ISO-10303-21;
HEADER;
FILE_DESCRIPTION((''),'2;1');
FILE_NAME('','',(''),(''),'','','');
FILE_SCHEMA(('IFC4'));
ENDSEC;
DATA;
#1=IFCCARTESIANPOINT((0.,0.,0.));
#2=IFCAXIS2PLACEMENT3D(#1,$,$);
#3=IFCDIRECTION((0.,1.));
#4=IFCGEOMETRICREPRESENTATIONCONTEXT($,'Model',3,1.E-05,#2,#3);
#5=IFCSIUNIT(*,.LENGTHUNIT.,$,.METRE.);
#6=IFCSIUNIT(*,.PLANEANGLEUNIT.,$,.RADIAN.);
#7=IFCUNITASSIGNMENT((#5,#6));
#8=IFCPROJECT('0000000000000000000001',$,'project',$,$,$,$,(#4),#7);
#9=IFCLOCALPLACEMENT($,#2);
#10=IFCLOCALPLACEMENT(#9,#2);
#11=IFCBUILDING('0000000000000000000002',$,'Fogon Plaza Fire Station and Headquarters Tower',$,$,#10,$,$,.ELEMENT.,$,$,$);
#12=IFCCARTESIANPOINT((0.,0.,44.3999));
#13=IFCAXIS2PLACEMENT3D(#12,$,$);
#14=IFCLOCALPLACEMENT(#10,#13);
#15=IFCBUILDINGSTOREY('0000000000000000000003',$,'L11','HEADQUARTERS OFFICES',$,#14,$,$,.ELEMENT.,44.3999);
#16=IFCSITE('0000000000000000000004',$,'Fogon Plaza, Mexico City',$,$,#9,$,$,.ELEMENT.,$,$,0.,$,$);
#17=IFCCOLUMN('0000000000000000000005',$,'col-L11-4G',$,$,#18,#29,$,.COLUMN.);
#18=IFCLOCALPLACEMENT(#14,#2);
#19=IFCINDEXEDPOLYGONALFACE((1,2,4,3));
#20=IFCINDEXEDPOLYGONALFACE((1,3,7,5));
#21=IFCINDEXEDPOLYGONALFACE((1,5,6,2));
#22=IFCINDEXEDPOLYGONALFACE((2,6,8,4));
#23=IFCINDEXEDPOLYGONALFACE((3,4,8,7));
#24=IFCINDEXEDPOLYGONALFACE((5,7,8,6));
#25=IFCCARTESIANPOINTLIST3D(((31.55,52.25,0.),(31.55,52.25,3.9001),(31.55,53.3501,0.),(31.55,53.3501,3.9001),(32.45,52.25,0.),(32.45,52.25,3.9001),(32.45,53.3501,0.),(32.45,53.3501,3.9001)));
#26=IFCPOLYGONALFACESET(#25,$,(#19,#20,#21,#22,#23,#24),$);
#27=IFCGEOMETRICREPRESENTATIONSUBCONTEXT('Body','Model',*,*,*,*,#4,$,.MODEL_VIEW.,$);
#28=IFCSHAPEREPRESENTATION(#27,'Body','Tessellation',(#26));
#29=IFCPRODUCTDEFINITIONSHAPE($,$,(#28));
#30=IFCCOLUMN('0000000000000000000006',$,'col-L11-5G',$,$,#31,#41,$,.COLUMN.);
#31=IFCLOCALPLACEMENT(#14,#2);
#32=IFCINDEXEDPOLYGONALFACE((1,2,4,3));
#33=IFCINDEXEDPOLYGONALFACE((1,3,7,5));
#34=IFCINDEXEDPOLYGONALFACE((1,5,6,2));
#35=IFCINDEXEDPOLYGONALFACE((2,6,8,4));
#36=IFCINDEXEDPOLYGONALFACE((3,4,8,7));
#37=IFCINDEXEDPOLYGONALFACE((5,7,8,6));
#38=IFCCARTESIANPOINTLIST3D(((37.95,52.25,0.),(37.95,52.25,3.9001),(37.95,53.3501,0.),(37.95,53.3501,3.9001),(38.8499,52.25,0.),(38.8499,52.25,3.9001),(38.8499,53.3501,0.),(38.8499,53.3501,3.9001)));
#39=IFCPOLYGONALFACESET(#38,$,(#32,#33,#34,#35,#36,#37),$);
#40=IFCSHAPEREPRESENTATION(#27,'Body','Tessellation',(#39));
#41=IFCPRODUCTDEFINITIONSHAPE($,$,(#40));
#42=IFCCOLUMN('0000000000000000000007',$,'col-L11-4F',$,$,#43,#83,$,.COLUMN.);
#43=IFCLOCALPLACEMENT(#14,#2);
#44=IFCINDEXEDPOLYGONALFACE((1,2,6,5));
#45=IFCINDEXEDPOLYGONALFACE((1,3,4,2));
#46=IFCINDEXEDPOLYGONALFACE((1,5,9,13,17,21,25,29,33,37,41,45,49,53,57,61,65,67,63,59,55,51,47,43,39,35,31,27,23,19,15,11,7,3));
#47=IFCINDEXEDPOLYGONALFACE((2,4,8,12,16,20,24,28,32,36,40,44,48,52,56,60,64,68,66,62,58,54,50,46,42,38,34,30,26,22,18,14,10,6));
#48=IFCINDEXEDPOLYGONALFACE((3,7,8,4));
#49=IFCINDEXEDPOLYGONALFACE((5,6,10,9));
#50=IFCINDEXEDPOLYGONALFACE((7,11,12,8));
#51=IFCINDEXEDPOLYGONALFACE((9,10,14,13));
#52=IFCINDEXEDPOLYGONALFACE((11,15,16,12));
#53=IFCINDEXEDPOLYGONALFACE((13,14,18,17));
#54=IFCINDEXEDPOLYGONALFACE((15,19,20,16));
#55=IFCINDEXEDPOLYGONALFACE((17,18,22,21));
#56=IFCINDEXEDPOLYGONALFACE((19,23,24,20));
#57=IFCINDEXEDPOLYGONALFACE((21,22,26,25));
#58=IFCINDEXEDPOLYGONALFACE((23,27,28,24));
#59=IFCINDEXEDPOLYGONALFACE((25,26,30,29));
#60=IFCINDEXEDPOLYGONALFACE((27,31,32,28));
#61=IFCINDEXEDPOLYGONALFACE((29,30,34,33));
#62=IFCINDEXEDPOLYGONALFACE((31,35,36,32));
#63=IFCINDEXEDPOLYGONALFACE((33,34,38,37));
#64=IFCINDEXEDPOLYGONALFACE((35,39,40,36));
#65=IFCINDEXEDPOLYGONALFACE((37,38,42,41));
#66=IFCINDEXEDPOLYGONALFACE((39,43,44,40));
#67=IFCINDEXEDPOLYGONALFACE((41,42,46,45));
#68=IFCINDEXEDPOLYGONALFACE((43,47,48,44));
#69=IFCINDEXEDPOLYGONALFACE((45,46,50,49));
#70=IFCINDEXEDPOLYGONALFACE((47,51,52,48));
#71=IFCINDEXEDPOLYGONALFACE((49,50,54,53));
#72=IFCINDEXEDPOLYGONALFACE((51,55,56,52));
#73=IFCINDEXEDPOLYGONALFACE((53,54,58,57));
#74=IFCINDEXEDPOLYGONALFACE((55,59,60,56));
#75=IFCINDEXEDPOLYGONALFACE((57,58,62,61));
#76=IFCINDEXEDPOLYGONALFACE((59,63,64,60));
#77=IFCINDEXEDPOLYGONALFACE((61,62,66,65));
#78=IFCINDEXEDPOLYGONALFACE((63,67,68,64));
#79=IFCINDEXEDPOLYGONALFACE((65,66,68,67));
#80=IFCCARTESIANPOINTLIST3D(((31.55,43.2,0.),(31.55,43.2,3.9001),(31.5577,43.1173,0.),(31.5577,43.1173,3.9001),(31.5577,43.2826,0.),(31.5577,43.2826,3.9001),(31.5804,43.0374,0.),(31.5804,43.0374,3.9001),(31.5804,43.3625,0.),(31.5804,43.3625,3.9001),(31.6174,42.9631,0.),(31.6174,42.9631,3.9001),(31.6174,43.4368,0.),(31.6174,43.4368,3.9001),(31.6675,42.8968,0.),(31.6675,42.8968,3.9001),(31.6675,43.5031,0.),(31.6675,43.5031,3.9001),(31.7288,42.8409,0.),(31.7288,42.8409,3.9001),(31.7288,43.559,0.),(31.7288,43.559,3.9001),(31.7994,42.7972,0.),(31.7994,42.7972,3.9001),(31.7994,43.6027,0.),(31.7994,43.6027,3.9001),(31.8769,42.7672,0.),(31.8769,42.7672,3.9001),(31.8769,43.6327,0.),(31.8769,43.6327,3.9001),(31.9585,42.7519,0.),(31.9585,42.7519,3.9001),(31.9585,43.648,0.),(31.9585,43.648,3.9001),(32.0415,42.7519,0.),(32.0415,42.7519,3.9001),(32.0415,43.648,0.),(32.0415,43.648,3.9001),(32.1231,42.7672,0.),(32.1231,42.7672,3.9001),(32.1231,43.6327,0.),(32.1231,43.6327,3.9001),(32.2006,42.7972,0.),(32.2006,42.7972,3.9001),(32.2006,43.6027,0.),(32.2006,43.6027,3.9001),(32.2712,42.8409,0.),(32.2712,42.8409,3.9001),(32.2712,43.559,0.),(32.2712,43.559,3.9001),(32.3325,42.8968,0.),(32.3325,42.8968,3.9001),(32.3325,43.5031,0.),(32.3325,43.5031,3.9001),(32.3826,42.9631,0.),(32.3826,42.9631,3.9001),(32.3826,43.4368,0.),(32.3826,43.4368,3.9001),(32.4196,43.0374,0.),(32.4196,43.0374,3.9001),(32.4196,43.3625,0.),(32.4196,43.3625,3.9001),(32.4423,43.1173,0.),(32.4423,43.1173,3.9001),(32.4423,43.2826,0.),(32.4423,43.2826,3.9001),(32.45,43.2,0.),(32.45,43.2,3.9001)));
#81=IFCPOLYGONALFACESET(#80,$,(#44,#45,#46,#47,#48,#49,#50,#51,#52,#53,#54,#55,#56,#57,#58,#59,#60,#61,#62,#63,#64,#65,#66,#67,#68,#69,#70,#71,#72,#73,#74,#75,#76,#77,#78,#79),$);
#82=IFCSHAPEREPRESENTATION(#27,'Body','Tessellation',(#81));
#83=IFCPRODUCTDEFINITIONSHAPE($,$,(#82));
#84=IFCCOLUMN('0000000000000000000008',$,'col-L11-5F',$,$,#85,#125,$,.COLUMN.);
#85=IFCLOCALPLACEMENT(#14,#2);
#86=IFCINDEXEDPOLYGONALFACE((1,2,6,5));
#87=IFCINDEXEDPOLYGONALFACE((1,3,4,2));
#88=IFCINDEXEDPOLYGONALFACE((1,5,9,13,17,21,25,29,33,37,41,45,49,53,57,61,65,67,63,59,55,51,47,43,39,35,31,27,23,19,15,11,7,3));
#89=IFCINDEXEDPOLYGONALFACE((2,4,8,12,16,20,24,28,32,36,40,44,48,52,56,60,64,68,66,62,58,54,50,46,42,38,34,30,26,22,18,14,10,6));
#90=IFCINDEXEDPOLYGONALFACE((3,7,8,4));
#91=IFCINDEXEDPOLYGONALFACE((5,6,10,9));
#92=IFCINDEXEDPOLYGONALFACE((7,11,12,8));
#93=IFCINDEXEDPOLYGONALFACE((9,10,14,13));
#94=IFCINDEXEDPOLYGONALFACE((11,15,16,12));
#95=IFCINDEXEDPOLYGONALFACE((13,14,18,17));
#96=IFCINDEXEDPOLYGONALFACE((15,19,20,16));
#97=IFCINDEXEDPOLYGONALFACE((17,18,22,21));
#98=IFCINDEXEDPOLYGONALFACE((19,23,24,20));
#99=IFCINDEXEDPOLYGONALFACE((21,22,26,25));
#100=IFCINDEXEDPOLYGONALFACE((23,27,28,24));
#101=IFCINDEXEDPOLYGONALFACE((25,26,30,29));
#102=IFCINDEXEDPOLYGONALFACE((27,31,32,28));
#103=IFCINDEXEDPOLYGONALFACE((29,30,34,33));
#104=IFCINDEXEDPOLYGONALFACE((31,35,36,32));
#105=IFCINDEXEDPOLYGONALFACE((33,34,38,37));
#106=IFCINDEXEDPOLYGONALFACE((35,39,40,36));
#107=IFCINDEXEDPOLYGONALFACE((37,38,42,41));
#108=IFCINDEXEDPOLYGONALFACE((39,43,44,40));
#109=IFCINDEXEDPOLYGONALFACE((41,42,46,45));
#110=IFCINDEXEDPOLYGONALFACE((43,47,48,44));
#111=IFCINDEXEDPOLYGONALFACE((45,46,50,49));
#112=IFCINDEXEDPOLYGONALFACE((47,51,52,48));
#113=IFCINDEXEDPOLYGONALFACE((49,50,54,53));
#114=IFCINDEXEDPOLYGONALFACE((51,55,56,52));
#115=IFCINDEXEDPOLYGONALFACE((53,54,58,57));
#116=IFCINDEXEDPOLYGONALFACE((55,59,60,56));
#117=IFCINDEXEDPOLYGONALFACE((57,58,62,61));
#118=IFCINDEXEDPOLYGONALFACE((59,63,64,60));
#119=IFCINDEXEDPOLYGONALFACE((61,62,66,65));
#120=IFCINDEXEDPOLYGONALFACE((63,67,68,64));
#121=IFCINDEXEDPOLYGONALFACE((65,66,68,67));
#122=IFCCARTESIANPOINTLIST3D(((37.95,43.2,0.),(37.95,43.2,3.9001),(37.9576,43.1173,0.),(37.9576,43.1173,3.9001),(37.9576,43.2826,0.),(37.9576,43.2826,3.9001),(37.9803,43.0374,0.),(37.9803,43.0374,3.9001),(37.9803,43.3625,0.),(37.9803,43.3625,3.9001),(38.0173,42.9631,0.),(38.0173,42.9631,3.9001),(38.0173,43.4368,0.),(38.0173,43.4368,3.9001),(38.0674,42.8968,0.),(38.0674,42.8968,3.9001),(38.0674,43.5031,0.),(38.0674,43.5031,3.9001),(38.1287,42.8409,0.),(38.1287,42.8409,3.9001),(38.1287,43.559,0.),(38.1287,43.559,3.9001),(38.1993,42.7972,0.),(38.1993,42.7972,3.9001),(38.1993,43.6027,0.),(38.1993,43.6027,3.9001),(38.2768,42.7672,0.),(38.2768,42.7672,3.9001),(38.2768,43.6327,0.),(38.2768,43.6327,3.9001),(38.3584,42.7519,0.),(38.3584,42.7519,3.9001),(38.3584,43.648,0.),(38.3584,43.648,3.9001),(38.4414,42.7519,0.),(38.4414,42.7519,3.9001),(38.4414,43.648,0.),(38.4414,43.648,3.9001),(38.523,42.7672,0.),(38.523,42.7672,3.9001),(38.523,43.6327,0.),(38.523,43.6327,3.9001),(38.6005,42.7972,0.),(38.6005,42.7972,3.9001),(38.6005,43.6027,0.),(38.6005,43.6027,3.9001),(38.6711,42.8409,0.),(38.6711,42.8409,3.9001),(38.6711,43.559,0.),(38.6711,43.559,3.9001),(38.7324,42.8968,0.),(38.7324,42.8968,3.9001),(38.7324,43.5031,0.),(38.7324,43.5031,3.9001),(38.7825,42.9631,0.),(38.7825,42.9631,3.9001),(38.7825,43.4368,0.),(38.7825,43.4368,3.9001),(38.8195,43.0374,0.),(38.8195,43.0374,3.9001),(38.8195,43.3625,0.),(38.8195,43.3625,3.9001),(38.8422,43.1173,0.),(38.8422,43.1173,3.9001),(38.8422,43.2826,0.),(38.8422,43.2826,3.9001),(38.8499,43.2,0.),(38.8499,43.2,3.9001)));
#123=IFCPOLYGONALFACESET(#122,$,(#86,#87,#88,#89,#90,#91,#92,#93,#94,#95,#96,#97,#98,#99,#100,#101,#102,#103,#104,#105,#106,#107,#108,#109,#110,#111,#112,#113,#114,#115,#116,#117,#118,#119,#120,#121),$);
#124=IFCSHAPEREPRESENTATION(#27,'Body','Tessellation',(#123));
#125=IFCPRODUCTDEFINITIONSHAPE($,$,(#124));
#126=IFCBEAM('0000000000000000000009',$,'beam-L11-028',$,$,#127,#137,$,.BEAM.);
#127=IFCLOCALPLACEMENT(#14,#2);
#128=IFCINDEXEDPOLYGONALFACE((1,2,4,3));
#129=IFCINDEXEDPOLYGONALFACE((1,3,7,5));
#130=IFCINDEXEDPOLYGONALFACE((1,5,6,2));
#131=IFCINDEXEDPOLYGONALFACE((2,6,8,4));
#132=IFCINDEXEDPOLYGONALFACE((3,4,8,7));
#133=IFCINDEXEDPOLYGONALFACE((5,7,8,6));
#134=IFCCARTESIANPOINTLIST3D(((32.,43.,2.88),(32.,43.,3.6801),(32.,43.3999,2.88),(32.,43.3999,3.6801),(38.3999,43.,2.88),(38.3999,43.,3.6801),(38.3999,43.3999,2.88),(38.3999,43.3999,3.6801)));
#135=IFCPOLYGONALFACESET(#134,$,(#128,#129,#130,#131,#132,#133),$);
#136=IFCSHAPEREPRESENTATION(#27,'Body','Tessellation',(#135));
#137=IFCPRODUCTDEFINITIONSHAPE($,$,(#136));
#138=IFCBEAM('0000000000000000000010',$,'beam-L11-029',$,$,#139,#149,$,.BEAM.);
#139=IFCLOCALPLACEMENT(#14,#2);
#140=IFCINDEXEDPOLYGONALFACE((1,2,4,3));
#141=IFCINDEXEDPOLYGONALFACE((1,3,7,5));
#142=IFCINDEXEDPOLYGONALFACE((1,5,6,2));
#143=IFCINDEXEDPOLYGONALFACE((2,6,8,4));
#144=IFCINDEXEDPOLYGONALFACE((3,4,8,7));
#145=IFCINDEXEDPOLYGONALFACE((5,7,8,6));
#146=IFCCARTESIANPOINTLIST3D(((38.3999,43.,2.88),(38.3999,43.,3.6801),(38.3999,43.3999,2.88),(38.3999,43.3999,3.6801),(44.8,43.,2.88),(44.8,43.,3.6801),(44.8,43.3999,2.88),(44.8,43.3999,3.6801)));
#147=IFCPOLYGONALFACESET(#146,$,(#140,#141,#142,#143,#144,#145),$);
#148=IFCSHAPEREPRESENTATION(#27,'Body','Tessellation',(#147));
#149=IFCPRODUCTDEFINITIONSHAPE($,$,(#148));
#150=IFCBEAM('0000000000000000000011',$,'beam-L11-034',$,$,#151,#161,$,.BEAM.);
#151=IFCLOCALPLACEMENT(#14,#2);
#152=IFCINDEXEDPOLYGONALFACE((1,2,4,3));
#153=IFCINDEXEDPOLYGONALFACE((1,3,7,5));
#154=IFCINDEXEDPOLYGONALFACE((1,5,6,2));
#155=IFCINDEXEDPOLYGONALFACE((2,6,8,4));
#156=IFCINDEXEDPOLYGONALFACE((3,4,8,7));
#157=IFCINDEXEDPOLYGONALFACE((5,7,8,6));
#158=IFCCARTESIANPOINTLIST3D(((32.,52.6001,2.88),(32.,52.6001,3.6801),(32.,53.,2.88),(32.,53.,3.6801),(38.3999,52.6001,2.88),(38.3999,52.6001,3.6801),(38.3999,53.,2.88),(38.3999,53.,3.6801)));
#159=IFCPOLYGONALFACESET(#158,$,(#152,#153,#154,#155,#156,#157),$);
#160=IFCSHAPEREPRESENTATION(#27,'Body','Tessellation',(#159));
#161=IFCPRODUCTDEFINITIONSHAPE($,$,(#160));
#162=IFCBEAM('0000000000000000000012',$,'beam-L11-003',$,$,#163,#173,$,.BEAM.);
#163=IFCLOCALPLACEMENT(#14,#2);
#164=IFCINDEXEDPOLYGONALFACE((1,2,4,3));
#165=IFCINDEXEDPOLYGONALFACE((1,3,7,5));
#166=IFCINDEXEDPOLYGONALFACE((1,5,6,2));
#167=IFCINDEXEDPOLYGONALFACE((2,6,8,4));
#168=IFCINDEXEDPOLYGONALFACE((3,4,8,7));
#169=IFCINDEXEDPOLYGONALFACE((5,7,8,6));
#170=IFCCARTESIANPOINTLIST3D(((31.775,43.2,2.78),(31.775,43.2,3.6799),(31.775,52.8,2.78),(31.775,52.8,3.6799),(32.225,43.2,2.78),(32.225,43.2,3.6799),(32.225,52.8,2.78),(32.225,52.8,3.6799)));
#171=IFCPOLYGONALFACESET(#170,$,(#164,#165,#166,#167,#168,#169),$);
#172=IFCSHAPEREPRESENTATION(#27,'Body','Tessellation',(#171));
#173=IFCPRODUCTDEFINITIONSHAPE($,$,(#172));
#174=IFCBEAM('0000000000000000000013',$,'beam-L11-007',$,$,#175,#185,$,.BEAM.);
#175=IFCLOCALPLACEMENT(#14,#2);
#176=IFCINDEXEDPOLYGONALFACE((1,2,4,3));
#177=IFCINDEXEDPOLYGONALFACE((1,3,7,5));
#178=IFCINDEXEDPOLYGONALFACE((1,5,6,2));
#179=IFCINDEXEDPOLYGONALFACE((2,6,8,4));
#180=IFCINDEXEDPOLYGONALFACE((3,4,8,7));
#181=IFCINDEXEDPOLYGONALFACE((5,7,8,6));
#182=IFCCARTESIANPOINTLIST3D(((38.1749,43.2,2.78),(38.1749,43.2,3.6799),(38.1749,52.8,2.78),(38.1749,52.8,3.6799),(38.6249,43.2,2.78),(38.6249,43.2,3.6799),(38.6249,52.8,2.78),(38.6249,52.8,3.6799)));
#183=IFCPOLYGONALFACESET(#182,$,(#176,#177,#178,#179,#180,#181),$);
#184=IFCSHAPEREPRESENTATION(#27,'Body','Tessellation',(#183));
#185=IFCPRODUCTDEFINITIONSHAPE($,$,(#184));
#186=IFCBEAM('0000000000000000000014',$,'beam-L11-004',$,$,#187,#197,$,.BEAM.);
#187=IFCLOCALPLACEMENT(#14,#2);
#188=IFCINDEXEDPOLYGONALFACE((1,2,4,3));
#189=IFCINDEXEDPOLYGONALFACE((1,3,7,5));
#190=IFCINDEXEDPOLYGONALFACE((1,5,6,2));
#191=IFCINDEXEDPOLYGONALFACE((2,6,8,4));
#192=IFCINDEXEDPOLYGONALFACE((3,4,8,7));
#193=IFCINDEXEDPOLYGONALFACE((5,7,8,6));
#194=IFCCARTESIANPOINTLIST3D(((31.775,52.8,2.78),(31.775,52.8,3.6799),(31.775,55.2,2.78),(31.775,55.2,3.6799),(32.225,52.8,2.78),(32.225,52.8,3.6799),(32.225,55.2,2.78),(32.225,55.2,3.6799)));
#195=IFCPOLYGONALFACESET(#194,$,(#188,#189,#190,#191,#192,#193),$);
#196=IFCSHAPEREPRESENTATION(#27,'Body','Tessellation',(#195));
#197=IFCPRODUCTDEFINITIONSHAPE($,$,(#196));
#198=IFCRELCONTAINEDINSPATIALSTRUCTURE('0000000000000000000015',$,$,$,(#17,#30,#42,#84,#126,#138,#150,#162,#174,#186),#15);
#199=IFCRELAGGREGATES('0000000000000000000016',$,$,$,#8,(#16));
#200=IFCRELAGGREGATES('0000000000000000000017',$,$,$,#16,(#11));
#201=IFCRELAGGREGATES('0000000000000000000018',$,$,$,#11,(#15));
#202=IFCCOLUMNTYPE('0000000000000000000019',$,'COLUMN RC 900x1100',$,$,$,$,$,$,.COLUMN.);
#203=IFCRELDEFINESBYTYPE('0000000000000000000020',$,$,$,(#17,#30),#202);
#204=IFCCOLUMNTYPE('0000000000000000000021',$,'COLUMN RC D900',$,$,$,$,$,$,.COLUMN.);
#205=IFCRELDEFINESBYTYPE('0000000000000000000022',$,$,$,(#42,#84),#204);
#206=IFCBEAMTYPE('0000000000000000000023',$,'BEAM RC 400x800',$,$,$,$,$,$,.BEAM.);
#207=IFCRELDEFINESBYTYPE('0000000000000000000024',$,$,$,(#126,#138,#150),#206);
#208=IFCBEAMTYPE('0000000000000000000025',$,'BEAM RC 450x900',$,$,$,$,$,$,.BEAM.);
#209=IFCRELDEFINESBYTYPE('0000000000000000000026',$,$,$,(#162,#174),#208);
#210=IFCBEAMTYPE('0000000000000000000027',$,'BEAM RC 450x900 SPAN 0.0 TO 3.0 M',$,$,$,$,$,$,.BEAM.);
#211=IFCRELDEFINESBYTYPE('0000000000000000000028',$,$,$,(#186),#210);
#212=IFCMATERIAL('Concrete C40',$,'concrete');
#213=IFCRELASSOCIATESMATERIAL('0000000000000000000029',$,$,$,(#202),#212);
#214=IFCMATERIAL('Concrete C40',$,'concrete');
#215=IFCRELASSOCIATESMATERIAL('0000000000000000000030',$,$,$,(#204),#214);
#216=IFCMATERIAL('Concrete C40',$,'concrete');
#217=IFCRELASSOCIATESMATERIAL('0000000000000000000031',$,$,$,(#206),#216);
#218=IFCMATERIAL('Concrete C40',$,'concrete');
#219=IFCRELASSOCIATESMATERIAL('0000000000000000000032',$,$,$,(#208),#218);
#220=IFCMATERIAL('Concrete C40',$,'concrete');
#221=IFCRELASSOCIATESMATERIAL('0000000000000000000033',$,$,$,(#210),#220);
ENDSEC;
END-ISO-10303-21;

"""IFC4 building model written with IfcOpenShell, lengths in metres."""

from ifc_helpers import new_model, si_unit, direction, frame, origin, origin_2d, place, context, subcontext, project, spatial, rectangle, circle, extrude, material, material_profile, profile_set, type_object, element, save


model = new_model("IFC4")

# Units and contexts
model_context = context("Model", 3, precision=1e-05, world=origin(), true_north=direction((0.0, 1.0)))
body_context = subcontext(model_context, "Body", "Model", "MODEL_VIEW")
ifc_project = project(units=[si_unit("LENGTHUNIT", "METRE"), si_unit("PLANEANGLEUNIT", "RADIAN")], contexts=[model_context])

# Site, building, storey
site_placement = place(None, origin())
site = spatial("IfcSite", under=ifc_project, at=site_placement, Name="Fogon Plaza, Mexico City", CompositionType="ELEMENT", RefElevation=0.0)
building_placement = place(site_placement, origin())
building = spatial("IfcBuilding", under=site, at=building_placement, Name="Fogon Plaza Fire Station and Headquarters Tower", CompositionType="ELEMENT")
storey_placement = place(building_placement, frame((0.0, 0.0, 44.3999)))
storey = spatial("IfcBuildingStorey", under=building, at=storey_placement, Name="L11", Description="HEADQUARTERS OFFICES", CompositionType="ELEMENT", Elevation=44.3999)

# Columns
ifc_material_1 = material(Name="Concrete C40", Category="concrete")
ifc_material_profile_1 = material_profile(ifc_material_1, rectangle(XDim=0.8999, YDim=1.1001, at=origin_2d()), Name="RC 900x1100")
ifc_profile_set_1 = profile_set([ifc_material_profile_1], Name="Concrete C40")
column_type_1 = type_object("IfcColumnType", Name="COLUMN RC 900x1100", PredefinedType="COLUMN", material=ifc_profile_set_1)
for number, where, z_axis, x_axis, name in (
    (1, (32.0, 52.8, 0.0), (0.0, 0.0, 1.0), (1.0, 0.0, 0.0), "col-L11-4G"),
    (2, (38.3999, 52.8, 0.0), (0.0, 0.0, 1.0), (1.0, 0.0, 0.0), "col-L11-5G"),
):
    element("IfcColumn", number, at=place(storey_placement, frame(where, z_axis=z_axis, x_axis=x_axis)), inside=storey, type_object=column_type_1, Name=name, PredefinedType="COLUMN", context=body_context, shape_type="SweptSolid", body=[
        extrude(rectangle(XDim=0.8999, YDim=1.1001, at=origin_2d()), origin(), (0.0, 0.0, 1.0), 3.9001),
    ])
ifc_material_2 = material(Name="Concrete C40", Category="concrete")
ifc_material_profile_2 = material_profile(ifc_material_2, circle(Radius=0.45, at=origin_2d()), Name="RC D900")
ifc_profile_set_2 = profile_set([ifc_material_profile_2], Name="Concrete C40")
column_type_2 = type_object("IfcColumnType", Name="COLUMN RC D900", PredefinedType="COLUMN", material=ifc_profile_set_2)
for number, where, z_axis, x_axis, name in (
    (3, (32.0, 43.2, 0.0), (0.0, 0.0, 1.0), (1.0, 0.0, 0.0), "col-L11-4F"),
    (4, (38.3999, 43.2, 0.0), (0.0, 0.0, 1.0), (1.0, 0.0, 0.0), "col-L11-5F"),
):
    element("IfcColumn", number, at=place(storey_placement, frame(where, z_axis=z_axis, x_axis=x_axis)), inside=storey, type_object=column_type_2, Name=name, PredefinedType="COLUMN", context=body_context, shape_type="SweptSolid", body=[
        extrude(circle(Radius=0.45, at=origin_2d()), origin(), (0.0, 0.0, 1.0), 3.9001),
    ])

# Beams
ifc_material_3 = material(Name="Concrete C40", Category="concrete")
ifc_material_profile_3 = material_profile(ifc_material_3, rectangle(XDim=0.3999, YDim=0.8, at=origin_2d()), Name="RC 400x800")
ifc_profile_set_3 = profile_set([ifc_material_profile_3], Name="Concrete C40")
beam_type_1 = type_object("IfcBeamType", Name="BEAM RC 400x800", PredefinedType="BEAM", material=ifc_profile_set_3)
beam_1_placement = place(storey_placement, frame((32.0, 43.2, 3.28), z_axis=(1.0, 0.0, 0.0), x_axis=(0.0, 1.0, 0.0)))
element("IfcBeam", 5, at=beam_1_placement, inside=storey, type_object=beam_type_1, Name="beam-L11-028", PredefinedType="BEAM", context=body_context, shape_type="SweptSolid", body=[
    extrude(rectangle(XDim=0.3999, YDim=0.8, at=origin_2d()), origin(), (0.0, 0.0, 1.0), 6.3999),
])
beam_2_placement = place(storey_placement, frame((38.3999, 43.2, 3.28), z_axis=(1.0, 0.0, 0.0), x_axis=(0.0, 1.0, 0.0)))
element("IfcBeam", 6, at=beam_2_placement, inside=storey, type_object=beam_type_1, Name="beam-L11-029", PredefinedType="BEAM", context=body_context, shape_type="SweptSolid", body=[
    extrude(rectangle(XDim=0.3999, YDim=0.8, at=origin_2d()), origin(), (0.0, 0.0, 1.0), 6.4001),
])
beam_3_placement = place(storey_placement, frame((32.0, 52.8, 3.28), z_axis=(1.0, 0.0, 0.0), x_axis=(0.0, 1.0, 0.0)))
element("IfcBeam", 7, at=beam_3_placement, inside=storey, type_object=beam_type_1, Name="beam-L11-034", PredefinedType="BEAM", context=body_context, shape_type="SweptSolid", body=[
    extrude(rectangle(XDim=0.3999, YDim=0.8, at=origin_2d()), origin(), (0.0, 0.0, 1.0), 6.3999),
])
ifc_material_4 = material(Name="Concrete C40", Category="concrete")
ifc_material_profile_4 = material_profile(ifc_material_4, rectangle(XDim=0.45, YDim=0.8999, at=origin_2d()), Name="RC 450x900")
ifc_profile_set_4 = profile_set([ifc_material_profile_4], Name="Concrete C40")
beam_type_2 = type_object("IfcBeamType", Name="BEAM RC 450x900", PredefinedType="BEAM", material=ifc_profile_set_4)
for number, where, z_axis, x_axis, name in (
    (8, (32.0, 43.2, 3.23), (0.0, 1.0, 0.0), (-1.0, 0.0, 0.0), "beam-L11-003"),
    (9, (38.3999, 43.2, 3.23), (0.0, 1.0, 0.0), (-1.0, 0.0, 0.0), "beam-L11-007"),
):
    element("IfcBeam", number, at=place(storey_placement, frame(where, z_axis=z_axis, x_axis=x_axis)), inside=storey, type_object=beam_type_2, Name=name, PredefinedType="BEAM", context=body_context, shape_type="SweptSolid", body=[
        extrude(rectangle(XDim=0.45, YDim=0.8999, at=origin_2d()), origin(), (0.0, 0.0, 1.0), 9.6001),
    ])
ifc_material_5 = material(Name="Concrete C40", Category="concrete")
ifc_material_profile_5 = material_profile(ifc_material_5, rectangle(XDim=0.45, YDim=0.8999, at=origin_2d()), Name="RC 450x900")
ifc_profile_set_5 = profile_set([ifc_material_profile_5], Name="Concrete C40")
beam_type_3 = type_object("IfcBeamType", Name="BEAM RC 450x900 SPAN 0.0 TO 3.0 M", PredefinedType="BEAM", material=ifc_profile_set_5)
beam_4_placement = place(storey_placement, frame((32.0, 52.8, 3.23), z_axis=(0.0, 1.0, 0.0), x_axis=(-1.0, 0.0, 0.0)))
element("IfcBeam", 10, at=beam_4_placement, inside=storey, type_object=beam_type_3, Name="beam-L11-004", PredefinedType="BEAM", context=body_context, shape_type="SweptSolid", body=[
    extrude(rectangle(XDim=0.45, YDim=0.8999, at=origin_2d()), origin(), (0.0, 0.0, 1.0), 2.3999),
])

save(model, "model.ifc")
